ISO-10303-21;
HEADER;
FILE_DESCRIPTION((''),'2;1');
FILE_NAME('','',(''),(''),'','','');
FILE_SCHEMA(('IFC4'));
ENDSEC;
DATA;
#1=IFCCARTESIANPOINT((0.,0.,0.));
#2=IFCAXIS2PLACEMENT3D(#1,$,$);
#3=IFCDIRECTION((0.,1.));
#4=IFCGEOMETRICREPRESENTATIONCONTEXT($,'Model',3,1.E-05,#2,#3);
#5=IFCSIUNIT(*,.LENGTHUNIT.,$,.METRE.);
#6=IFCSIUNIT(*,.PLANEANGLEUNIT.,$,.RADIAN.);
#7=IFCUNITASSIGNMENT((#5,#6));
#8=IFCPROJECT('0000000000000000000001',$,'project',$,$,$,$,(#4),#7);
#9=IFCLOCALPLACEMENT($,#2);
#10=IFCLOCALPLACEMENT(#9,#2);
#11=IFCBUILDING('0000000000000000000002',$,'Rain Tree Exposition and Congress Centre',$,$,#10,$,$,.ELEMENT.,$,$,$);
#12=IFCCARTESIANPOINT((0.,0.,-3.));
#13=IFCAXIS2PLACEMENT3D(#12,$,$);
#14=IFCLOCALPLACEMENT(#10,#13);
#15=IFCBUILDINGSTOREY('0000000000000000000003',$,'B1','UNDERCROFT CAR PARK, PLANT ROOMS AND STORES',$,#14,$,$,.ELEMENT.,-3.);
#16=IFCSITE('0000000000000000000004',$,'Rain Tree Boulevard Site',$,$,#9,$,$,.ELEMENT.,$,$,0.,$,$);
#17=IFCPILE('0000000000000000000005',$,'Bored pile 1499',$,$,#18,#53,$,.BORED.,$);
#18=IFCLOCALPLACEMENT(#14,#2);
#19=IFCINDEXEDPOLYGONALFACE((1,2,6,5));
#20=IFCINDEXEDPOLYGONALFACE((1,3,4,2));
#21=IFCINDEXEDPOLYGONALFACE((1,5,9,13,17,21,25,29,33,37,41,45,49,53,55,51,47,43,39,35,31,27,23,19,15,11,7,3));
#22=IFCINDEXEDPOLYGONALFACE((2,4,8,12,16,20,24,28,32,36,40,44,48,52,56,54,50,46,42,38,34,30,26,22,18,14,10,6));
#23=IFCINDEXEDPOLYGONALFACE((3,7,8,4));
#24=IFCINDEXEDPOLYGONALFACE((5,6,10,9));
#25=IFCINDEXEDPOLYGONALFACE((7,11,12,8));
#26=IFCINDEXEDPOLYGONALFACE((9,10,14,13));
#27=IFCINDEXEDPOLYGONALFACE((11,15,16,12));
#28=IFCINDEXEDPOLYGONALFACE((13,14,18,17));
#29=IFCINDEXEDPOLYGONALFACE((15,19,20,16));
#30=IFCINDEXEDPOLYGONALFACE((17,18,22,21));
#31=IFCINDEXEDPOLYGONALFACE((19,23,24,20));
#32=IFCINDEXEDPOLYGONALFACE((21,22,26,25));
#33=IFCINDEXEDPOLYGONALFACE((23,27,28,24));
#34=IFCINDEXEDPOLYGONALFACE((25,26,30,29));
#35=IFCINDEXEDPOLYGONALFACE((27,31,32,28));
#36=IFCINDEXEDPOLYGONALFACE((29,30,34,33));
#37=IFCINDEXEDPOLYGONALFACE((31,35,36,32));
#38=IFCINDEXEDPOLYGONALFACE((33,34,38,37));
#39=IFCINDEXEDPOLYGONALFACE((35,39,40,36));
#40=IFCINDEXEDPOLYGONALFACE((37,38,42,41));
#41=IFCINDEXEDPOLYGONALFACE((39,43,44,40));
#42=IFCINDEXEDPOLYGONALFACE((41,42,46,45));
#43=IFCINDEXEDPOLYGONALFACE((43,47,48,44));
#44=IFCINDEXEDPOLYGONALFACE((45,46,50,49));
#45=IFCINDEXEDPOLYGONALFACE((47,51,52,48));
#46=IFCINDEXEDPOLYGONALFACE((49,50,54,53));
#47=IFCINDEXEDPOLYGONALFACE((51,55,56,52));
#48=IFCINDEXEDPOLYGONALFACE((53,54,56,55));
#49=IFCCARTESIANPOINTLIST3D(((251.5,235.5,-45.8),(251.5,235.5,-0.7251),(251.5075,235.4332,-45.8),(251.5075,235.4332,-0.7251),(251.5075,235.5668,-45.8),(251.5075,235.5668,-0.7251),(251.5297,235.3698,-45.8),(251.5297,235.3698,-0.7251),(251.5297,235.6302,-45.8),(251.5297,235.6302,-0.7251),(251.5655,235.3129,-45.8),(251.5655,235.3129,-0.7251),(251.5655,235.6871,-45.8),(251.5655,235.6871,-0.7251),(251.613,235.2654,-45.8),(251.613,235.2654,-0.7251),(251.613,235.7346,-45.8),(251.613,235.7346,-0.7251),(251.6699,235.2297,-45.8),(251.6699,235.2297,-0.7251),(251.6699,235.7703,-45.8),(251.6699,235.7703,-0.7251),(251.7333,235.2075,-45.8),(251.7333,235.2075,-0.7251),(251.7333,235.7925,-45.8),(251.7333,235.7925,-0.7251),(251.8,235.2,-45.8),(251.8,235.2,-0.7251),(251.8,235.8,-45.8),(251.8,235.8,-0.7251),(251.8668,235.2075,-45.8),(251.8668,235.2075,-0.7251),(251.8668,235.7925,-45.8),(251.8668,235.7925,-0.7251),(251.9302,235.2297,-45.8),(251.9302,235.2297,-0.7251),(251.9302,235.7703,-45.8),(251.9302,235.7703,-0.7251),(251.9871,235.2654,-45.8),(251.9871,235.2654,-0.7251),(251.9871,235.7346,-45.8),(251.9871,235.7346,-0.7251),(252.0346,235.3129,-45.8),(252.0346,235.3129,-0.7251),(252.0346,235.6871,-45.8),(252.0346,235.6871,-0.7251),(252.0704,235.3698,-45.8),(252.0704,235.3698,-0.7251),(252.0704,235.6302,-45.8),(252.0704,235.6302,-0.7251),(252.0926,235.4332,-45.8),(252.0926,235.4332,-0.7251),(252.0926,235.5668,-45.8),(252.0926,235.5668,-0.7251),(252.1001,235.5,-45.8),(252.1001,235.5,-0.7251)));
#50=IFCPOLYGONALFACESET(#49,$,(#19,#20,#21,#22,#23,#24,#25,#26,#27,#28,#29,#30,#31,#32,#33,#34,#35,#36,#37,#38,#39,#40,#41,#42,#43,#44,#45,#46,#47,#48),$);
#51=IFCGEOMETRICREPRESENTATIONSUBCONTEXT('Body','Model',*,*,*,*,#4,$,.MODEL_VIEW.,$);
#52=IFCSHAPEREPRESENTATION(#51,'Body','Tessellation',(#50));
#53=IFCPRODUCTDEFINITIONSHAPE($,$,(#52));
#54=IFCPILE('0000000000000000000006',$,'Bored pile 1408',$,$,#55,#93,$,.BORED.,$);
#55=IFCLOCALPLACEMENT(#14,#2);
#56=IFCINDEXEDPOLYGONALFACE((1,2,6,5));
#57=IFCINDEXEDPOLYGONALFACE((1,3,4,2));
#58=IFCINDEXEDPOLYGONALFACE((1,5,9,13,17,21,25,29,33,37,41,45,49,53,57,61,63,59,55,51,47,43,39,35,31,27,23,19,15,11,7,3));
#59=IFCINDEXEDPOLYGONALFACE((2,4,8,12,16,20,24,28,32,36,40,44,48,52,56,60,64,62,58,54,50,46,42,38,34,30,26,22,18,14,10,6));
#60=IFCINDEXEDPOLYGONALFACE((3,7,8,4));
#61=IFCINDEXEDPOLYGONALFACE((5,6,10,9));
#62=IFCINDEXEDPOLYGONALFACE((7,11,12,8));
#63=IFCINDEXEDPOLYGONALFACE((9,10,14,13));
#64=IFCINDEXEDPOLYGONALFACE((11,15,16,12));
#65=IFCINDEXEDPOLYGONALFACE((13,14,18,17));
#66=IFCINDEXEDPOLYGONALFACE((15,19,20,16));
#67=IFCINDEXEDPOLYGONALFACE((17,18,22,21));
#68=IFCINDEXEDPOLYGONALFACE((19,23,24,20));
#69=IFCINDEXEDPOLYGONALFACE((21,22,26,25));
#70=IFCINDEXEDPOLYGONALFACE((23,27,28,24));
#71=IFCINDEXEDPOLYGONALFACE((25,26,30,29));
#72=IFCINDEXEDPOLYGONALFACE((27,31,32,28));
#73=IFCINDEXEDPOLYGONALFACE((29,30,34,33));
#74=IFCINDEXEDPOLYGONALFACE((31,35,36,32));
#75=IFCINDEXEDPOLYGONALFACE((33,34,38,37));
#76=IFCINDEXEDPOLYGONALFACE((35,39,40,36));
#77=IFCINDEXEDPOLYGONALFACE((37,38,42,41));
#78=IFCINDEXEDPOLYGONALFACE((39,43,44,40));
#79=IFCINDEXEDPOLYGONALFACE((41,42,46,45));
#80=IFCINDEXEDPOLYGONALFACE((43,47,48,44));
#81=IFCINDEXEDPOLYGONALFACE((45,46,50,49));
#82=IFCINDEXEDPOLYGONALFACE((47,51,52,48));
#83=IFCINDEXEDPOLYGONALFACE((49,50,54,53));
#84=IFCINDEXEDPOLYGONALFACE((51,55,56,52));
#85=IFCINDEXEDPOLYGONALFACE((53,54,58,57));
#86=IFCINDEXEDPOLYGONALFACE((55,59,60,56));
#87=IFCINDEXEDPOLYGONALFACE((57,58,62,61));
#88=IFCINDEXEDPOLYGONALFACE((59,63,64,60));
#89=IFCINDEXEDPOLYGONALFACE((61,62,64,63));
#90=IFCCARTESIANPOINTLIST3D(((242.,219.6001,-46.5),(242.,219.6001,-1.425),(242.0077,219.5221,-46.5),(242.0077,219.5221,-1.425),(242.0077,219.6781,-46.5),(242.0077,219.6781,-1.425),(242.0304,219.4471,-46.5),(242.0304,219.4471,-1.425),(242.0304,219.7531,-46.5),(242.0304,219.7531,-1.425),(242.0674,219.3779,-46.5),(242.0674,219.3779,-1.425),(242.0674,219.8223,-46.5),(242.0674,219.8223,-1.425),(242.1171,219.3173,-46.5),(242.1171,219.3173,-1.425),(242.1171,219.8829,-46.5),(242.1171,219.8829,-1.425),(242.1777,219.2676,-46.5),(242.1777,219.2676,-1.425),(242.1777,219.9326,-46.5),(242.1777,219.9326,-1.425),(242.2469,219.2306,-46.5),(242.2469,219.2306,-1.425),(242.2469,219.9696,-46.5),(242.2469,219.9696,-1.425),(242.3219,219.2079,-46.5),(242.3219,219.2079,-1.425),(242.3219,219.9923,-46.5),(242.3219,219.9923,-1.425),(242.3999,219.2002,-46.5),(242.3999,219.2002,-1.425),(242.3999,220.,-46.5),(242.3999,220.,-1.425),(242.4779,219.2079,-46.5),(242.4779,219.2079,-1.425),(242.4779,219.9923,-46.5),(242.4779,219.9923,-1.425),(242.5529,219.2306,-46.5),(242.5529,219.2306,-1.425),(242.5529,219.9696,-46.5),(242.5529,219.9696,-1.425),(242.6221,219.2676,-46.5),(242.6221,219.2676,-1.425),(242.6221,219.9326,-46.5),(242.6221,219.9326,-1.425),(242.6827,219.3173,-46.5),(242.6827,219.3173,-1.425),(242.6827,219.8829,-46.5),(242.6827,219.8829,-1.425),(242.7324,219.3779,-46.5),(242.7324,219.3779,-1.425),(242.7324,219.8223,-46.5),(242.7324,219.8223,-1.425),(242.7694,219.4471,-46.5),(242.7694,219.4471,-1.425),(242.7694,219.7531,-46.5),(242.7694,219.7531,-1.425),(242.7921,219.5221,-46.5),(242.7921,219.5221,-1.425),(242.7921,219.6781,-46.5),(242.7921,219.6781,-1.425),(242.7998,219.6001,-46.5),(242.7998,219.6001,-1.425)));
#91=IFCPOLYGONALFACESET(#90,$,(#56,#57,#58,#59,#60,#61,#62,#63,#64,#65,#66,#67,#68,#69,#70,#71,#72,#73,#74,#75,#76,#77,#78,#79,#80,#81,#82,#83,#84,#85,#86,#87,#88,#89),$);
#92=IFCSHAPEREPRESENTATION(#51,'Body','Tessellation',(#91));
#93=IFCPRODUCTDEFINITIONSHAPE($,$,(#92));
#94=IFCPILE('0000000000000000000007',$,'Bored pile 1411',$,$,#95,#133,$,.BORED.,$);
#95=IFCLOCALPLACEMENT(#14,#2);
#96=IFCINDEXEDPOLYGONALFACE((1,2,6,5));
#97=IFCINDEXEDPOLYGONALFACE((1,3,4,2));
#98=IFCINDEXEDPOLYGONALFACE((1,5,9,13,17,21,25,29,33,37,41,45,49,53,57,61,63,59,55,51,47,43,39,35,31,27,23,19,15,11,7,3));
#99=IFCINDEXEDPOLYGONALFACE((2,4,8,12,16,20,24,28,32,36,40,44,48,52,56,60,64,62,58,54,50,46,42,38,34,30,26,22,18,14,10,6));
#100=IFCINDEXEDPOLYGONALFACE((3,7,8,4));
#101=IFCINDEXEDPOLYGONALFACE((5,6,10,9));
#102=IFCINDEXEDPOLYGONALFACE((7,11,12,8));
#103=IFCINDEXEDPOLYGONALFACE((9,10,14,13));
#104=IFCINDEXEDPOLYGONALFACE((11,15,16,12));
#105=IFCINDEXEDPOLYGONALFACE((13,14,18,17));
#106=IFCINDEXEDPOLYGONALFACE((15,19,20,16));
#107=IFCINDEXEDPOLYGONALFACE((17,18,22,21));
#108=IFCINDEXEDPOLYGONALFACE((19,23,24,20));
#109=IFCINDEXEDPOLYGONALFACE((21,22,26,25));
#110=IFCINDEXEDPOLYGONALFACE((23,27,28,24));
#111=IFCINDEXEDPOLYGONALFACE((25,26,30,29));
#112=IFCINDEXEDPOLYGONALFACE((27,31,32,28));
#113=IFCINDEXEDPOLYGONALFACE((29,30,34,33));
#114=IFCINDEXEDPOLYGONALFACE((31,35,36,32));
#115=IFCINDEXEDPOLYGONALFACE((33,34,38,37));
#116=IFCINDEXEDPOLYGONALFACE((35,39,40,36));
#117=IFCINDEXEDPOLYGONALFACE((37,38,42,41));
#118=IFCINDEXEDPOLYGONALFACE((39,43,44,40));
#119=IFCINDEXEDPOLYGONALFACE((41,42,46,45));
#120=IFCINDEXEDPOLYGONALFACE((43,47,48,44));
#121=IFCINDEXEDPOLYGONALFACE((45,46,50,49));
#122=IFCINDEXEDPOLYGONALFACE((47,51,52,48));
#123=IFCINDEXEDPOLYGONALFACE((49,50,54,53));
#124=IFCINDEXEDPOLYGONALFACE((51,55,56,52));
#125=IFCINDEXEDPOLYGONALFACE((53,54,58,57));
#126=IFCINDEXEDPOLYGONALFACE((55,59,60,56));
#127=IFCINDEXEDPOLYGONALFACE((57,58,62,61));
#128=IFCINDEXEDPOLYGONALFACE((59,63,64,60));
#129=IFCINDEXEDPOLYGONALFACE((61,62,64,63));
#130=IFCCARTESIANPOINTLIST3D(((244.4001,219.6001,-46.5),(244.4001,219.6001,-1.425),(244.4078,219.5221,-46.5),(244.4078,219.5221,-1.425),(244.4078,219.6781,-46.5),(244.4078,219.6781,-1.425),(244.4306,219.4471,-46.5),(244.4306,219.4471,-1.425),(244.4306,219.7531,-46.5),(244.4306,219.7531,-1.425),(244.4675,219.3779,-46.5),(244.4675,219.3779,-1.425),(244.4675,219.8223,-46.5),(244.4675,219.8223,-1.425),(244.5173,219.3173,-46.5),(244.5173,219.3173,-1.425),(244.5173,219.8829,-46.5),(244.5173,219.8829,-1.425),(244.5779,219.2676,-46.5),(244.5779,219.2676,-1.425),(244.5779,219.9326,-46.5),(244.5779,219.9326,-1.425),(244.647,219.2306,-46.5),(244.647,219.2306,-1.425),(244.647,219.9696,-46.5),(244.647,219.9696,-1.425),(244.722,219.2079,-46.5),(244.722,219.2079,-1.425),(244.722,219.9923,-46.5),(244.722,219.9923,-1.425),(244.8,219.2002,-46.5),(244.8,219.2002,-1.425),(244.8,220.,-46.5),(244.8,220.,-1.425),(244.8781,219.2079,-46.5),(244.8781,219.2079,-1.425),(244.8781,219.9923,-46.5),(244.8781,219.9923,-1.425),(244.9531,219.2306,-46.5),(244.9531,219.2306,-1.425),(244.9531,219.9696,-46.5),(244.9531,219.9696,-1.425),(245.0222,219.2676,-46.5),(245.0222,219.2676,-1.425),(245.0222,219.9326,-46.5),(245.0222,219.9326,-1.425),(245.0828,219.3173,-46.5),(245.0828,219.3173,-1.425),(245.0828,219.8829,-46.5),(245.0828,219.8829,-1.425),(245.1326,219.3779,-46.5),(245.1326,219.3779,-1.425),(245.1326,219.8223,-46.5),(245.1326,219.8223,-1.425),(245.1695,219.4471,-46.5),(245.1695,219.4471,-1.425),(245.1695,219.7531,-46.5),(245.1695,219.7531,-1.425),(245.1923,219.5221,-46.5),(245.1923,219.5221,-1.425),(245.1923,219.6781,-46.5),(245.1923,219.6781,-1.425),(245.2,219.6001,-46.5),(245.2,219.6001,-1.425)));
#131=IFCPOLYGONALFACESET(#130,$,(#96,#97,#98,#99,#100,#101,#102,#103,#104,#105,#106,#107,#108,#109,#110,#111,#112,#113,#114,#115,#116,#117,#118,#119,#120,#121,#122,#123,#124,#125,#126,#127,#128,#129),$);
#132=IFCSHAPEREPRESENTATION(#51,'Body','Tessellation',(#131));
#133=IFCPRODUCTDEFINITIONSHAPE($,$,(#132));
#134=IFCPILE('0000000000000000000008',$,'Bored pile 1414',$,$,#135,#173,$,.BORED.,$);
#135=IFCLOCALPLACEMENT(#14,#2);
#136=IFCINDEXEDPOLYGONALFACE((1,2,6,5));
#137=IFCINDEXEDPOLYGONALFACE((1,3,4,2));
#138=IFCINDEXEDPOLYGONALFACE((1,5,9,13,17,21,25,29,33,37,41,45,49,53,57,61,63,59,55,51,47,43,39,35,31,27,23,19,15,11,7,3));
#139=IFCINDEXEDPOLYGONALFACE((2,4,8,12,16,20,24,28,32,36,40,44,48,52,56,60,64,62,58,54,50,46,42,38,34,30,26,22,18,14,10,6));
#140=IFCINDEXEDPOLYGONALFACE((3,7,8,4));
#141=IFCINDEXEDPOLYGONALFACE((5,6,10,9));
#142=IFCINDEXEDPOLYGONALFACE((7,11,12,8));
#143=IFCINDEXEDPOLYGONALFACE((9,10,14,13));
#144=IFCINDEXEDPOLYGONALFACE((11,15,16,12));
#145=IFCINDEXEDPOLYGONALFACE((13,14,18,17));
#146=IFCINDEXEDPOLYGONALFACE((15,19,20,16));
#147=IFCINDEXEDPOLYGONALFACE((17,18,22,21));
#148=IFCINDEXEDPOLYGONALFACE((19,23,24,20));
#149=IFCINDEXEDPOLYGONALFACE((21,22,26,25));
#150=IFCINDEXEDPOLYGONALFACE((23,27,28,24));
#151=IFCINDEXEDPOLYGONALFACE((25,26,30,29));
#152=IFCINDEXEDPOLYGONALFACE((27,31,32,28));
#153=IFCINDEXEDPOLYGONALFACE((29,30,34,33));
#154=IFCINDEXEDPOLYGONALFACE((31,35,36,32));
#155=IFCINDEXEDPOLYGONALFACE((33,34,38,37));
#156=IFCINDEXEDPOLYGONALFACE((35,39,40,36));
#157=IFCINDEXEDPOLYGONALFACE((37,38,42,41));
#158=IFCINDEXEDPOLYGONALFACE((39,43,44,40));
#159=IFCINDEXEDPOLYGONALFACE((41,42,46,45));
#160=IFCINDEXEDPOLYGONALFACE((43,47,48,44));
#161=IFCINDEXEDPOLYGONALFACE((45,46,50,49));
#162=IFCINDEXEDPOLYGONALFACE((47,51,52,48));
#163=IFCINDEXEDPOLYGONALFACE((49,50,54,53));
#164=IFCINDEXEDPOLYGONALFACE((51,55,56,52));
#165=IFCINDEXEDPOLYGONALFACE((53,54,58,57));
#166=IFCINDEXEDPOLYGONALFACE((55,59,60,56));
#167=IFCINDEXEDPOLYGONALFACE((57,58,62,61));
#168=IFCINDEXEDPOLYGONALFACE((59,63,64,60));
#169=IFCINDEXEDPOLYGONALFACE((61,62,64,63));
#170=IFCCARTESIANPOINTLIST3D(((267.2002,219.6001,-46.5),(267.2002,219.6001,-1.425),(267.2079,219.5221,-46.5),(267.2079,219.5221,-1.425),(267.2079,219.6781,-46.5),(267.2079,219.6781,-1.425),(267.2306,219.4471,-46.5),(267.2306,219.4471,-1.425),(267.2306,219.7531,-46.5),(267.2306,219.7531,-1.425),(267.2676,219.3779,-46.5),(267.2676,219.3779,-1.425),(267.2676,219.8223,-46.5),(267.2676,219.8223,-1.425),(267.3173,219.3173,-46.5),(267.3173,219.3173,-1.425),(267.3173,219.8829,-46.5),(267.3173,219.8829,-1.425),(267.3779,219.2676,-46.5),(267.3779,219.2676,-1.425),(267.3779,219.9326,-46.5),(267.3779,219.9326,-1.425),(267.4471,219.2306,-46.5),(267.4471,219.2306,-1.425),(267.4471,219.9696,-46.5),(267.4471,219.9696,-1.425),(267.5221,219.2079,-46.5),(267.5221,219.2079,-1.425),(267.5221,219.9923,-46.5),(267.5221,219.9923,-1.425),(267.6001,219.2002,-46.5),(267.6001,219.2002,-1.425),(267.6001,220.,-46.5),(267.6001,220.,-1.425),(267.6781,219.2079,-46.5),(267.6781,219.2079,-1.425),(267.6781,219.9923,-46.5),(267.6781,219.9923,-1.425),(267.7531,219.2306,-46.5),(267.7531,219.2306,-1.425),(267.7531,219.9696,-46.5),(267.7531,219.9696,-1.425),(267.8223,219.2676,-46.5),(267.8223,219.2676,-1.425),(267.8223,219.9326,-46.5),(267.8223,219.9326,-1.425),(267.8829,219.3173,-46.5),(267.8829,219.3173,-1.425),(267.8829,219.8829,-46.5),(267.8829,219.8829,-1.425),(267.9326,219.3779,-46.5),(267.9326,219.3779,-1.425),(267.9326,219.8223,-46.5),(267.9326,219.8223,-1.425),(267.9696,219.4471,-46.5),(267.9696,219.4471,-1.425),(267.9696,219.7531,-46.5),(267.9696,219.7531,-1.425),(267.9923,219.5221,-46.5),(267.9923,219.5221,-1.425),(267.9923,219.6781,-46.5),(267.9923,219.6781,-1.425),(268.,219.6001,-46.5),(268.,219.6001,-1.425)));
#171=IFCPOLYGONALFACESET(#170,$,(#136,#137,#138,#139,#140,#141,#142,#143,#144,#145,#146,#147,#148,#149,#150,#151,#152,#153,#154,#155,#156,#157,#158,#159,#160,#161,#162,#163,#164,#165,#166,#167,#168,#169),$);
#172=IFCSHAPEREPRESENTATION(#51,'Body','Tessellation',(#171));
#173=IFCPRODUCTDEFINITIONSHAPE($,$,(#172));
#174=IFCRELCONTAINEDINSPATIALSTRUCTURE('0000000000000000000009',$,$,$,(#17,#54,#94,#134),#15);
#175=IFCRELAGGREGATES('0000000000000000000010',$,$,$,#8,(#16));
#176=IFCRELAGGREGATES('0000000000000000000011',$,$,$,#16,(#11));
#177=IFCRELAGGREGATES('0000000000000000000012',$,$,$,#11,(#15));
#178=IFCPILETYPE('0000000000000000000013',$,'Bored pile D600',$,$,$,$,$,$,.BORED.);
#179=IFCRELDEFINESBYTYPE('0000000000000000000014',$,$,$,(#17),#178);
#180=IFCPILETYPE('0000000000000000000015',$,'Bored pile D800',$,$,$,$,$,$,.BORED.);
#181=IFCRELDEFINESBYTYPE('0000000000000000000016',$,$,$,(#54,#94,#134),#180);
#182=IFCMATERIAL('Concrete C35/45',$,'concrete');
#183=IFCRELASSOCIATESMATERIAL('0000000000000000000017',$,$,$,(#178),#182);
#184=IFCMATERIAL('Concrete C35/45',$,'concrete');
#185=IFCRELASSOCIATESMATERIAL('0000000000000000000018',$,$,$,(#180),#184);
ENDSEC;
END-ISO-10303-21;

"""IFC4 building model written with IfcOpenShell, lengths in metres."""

from ifc_helpers import new_model, si_unit, direction, frame, origin, origin_2d, place, context, subcontext, project, spatial, circle, extrude, material, material_profile, profile_set, type_object, element, save


model = new_model("IFC4")

# Units and contexts
model_context = context("Model", 3, precision=1e-05, world=origin(), true_north=direction((0.0, 1.0)))
body_context = subcontext(model_context, "Body", "Model", "MODEL_VIEW")
ifc_project = project(units=[si_unit("LENGTHUNIT", "METRE"), si_unit("PLANEANGLEUNIT", "RADIAN")], contexts=[model_context])

# Site, building, storey
site_placement = place(None, origin())
site = spatial("IfcSite", under=ifc_project, at=site_placement, Name="Rain Tree Boulevard Site", CompositionType="ELEMENT", RefElevation=0.0)
building_placement = place(site_placement, origin())
building = spatial("IfcBuilding", under=site, at=building_placement, Name="Rain Tree Exposition and Congress Centre", CompositionType="ELEMENT")
storey_placement = place(building_placement, frame((0.0, 0.0, -3.0)))
storey = spatial("IfcBuildingStorey", under=building, at=storey_placement, Name="B1", Description="UNDERCROFT CAR PARK, PLANT ROOMS AND STORES", CompositionType="ELEMENT", Elevation=-3.0)

# Piles
ifc_material_1 = material(Name="Concrete C35/45", Category="concrete")
ifc_material_profile_1 = material_profile(ifc_material_1, circle(Radius=0.3, at=origin_2d()), Name="D600")
ifc_profile_set_1 = profile_set([ifc_material_profile_1], Name="Concrete C35/45")
pile_type_1 = type_object("IfcPileType", Name="Bored pile D600", PredefinedType="BORED", material=ifc_profile_set_1)
for number, where, z_axis, x_axis, name in (
    (1, (251.8, 235.5, -0.7251), (0.0, 0.0, -1.0), (1.0, 0.0, 0.0), "Bored pile 1499"),
):
    element("IfcPile", number, at=place(storey_placement, frame(where, z_axis=z_axis, x_axis=x_axis)), inside=storey, type_object=pile_type_1, Name=name, PredefinedType="BORED", context=body_context, shape_type="SweptSolid", body=[
        extrude(circle(Radius=0.3, at=origin_2d()), origin(), (0.0, 0.0, 1.0), 45.075),
    ])
ifc_material_2 = material(Name="Concrete C35/45", Category="concrete")
ifc_material_profile_2 = material_profile(ifc_material_2, circle(Radius=0.3999, at=origin_2d()), Name="D800")
ifc_profile_set_2 = profile_set([ifc_material_profile_2], Name="Concrete C35/45")
pile_type_2 = type_object("IfcPileType", Name="Bored pile D800", PredefinedType="BORED", material=ifc_profile_set_2)
for number, where, z_axis, x_axis, name in (
    (2, (242.3999, 219.6001, -1.425), (0.0, 0.0, -1.0), (1.0, 0.0, 0.0), "Bored pile 1408"),
    (3, (244.8, 219.6001, -1.425), (0.0, 0.0, -1.0), (1.0, 0.0, 0.0), "Bored pile 1411"),
    (4, (267.6001, 219.6001, -1.425), (0.0, 0.0, -1.0), (1.0, 0.0, 0.0), "Bored pile 1414"),
):
    element("IfcPile", number, at=place(storey_placement, frame(where, z_axis=z_axis, x_axis=x_axis)), inside=storey, type_object=pile_type_2, Name=name, PredefinedType="BORED", context=body_context, shape_type="SweptSolid", body=[
        extrude(circle(Radius=0.3999, at=origin_2d()), origin(), (0.0, 0.0, 1.0), 45.075),
    ])

save(model, "model.ifc")
